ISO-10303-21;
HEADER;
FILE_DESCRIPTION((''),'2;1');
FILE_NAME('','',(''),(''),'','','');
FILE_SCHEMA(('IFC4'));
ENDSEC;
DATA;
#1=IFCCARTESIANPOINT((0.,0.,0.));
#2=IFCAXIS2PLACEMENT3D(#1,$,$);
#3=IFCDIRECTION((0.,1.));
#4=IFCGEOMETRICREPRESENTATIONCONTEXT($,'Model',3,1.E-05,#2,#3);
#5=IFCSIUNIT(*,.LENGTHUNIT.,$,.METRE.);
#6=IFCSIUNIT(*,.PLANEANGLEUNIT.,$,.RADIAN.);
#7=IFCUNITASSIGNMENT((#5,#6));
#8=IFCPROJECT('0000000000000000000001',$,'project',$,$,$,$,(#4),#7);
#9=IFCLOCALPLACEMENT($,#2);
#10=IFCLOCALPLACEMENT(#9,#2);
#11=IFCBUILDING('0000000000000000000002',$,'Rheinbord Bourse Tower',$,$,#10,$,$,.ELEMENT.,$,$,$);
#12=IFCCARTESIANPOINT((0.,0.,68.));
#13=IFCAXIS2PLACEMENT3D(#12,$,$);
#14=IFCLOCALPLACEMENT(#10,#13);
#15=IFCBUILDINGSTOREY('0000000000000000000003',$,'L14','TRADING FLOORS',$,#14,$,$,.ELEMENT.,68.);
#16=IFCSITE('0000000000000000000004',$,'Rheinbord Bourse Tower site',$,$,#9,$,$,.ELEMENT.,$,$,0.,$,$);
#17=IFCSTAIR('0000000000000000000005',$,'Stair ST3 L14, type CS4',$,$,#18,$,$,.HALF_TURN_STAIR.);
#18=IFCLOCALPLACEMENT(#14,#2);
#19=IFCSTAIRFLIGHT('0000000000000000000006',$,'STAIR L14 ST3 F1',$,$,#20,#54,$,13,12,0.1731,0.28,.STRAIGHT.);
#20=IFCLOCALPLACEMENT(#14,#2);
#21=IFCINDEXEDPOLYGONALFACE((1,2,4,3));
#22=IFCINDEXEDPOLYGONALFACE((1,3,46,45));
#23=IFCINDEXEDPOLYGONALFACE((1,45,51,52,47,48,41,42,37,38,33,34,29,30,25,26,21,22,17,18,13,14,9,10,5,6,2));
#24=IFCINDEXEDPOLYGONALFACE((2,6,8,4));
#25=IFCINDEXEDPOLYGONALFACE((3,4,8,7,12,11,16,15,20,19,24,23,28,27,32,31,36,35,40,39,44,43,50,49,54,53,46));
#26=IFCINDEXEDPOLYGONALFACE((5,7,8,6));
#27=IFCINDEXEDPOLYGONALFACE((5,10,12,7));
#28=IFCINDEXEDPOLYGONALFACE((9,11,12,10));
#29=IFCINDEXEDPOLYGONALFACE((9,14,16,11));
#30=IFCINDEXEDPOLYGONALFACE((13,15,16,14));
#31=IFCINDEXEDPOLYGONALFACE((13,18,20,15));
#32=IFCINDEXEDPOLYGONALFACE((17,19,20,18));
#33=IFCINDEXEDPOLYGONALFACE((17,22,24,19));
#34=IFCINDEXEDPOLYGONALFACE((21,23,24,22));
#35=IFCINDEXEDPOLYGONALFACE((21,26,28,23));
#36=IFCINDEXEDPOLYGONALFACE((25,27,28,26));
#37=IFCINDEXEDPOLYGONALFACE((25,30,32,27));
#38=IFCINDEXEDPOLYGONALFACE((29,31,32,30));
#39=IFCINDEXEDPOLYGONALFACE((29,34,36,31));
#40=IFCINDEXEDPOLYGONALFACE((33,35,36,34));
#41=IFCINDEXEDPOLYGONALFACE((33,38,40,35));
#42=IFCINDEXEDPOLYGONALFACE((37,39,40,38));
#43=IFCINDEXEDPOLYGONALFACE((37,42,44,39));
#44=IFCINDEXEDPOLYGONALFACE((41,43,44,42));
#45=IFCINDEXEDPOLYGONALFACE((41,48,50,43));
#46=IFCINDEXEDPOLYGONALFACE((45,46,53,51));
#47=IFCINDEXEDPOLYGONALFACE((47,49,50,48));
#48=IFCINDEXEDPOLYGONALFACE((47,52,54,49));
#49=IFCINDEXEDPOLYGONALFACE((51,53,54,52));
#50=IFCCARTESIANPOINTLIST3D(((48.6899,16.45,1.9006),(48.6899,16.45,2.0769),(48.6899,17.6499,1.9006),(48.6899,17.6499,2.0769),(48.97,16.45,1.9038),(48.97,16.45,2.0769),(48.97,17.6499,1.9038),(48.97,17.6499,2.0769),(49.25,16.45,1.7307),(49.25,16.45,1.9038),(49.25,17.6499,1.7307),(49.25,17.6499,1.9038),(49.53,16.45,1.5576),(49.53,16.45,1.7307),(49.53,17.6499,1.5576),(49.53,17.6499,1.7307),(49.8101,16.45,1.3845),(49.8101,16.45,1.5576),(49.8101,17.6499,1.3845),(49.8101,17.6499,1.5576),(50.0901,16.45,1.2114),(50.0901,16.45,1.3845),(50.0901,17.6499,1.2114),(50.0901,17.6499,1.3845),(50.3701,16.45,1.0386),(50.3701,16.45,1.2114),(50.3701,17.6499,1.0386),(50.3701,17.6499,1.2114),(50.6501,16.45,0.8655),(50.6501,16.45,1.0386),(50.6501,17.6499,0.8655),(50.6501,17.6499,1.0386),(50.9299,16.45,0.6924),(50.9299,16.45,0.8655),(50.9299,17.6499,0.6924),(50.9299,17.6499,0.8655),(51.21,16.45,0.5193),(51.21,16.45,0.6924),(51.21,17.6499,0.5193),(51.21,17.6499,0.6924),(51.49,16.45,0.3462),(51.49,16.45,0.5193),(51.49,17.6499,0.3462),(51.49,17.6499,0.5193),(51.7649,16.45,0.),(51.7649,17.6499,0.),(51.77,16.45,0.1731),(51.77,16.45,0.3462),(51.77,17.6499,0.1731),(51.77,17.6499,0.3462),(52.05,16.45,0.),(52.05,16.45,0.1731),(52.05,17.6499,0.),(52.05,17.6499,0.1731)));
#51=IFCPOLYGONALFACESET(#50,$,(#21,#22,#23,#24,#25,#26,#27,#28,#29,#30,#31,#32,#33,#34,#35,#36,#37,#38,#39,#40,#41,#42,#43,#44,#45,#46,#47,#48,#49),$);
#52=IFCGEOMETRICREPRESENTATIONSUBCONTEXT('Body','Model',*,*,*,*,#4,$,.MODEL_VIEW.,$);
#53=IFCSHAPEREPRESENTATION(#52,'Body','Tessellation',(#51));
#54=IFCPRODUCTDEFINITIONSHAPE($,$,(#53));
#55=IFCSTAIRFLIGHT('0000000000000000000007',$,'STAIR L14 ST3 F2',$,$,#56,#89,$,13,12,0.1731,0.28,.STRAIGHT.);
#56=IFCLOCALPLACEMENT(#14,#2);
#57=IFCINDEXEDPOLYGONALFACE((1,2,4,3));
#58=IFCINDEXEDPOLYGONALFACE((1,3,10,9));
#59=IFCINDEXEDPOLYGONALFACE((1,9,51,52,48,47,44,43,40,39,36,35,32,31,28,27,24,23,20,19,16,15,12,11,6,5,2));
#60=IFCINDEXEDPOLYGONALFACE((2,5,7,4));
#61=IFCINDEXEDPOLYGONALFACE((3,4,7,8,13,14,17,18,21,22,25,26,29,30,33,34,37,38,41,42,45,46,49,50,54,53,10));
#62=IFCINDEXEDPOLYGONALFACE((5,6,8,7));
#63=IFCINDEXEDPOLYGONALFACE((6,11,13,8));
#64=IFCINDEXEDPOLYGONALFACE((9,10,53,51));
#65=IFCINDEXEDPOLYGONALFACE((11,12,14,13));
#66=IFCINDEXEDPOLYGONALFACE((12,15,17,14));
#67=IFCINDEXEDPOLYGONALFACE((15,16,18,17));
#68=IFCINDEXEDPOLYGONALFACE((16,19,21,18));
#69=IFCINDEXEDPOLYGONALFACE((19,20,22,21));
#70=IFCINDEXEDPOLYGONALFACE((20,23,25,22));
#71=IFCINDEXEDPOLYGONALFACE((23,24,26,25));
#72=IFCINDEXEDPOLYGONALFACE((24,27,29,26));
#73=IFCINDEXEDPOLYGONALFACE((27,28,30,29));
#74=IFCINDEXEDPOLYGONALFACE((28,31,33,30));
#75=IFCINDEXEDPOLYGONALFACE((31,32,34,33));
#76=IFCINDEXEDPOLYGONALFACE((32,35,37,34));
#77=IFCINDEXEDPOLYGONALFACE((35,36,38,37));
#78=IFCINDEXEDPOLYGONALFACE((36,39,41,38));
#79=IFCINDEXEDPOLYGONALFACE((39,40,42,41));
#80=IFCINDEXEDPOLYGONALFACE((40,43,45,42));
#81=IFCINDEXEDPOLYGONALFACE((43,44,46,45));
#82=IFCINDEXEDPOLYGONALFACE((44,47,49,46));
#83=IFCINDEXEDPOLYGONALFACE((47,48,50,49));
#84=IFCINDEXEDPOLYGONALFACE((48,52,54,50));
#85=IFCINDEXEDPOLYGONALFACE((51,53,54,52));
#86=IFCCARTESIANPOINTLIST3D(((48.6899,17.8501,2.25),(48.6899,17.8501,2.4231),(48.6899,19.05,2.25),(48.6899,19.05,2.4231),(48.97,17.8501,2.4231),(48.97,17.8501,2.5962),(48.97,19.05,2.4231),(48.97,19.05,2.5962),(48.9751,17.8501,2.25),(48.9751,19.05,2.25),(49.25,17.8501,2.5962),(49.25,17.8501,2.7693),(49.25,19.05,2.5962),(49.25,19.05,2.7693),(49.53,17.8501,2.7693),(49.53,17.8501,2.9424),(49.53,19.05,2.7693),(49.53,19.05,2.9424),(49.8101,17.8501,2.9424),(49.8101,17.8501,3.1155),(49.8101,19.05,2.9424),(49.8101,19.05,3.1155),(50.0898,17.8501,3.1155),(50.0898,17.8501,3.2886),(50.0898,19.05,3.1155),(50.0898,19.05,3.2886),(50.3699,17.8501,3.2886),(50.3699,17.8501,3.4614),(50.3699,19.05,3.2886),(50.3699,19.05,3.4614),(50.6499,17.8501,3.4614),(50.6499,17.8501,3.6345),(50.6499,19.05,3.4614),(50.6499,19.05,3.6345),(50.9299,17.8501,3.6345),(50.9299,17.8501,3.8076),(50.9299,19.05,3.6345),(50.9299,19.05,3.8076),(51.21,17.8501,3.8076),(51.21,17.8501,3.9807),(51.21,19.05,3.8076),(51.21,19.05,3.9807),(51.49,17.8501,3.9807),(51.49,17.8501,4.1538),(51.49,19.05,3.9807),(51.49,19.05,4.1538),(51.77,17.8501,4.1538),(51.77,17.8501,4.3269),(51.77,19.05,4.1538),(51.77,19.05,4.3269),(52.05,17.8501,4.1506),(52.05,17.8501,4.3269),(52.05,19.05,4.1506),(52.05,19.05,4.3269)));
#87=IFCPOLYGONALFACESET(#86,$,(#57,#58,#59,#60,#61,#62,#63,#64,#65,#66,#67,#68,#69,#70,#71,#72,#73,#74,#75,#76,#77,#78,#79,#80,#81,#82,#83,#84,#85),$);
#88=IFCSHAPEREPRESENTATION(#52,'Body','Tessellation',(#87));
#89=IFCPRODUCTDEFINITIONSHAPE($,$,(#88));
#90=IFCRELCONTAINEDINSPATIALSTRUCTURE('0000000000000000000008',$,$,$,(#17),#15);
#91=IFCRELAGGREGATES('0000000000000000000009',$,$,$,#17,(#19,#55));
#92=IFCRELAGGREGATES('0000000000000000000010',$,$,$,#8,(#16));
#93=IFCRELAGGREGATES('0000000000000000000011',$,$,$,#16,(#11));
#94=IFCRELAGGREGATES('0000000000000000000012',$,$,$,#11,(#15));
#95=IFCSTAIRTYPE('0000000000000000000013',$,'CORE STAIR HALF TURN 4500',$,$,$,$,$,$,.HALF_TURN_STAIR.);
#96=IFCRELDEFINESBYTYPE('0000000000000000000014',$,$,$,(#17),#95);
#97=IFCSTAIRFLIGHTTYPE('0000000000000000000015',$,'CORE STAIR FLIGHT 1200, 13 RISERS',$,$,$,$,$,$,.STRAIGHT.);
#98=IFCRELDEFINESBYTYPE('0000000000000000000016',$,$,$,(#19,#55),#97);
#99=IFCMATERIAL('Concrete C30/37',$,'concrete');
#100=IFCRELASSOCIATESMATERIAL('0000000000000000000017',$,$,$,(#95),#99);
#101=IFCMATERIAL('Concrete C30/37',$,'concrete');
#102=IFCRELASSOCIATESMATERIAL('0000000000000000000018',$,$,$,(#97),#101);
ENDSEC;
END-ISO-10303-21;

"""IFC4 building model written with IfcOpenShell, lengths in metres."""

from ifc_helpers import new_model, si_unit, direction, frame, origin, place, context, subcontext, project, spatial, polyline, outline, extrude, material, type_object, element, aggregate, save


model = new_model("IFC4")

# Units and contexts
model_context = context("Model", 3, precision=1e-05, world=origin(), true_north=direction((0.0, 1.0)))
body_context = subcontext(model_context, "Body", "Model", "MODEL_VIEW")
ifc_project = project(units=[si_unit("LENGTHUNIT", "METRE"), si_unit("PLANEANGLEUNIT", "RADIAN")], contexts=[model_context])

# Site, building, storey
site_placement = place(None, origin())
site = spatial("IfcSite", under=ifc_project, at=site_placement, Name="Rheinbord Bourse Tower site", CompositionType="ELEMENT", RefElevation=0.0)
building_placement = place(site_placement, origin())
building = spatial("IfcBuilding", under=site, at=building_placement, Name="Rheinbord Bourse Tower", CompositionType="ELEMENT")
storey_placement = place(building_placement, frame((0.0, 0.0, 68.0)))
storey = spatial("IfcBuildingStorey", under=building, at=storey_placement, Name="L14", Description="TRADING FLOORS", CompositionType="ELEMENT", Elevation=68.0)

# Stair, stair flights
ifc_material_1 = material(Name="Concrete C30/37", Category="concrete")
stair_type = type_object("IfcStairType", Name="CORE STAIR HALF TURN 4500", PredefinedType="HALF_TURN_STAIR", material=ifc_material_1)
stair_placement = place(storey_placement, origin())
stair = element("IfcStair", 1, at=stair_placement, inside=storey, type_object=stair_type, Name="Stair ST3 L14, type CS4", PredefinedType="HALF_TURN_STAIR")
ifc_material_2 = material(Name="Concrete C30/37", Category="concrete")
stair_flight_type = type_object("IfcStairFlightType", Name="CORE STAIR FLIGHT 1200, 13 RISERS", PredefinedType="STRAIGHT", material=ifc_material_2)
stair_flight_1_placement = place(storey_placement, frame((52.05, 17.05, 0.0), z_axis=(0.0, 0.0, 1.0), x_axis=(-1.0, 0.0, 0.0)))
stair_flight_1 = element("IfcStairFlight", 2, at=stair_flight_1_placement, type_object=stair_flight_type, Name="STAIR L14 ST3 F1", NumberOfRisers=13, NumberOfTreads=12, PredefinedType="STRAIGHT", RiserHeight=0.1731, TreadLength=0.28, context=body_context, shape_type="SweptSolid", body=[
    extrude(outline(polyline([(0.0, 0.0), (0.0, 0.1731), (0.28, 0.1731), (0.28, 0.3462), (0.5601, 0.3462), (0.5601, 0.5193), (0.8401, 0.5193), (0.8401, 0.6924), (1.1201, 0.6924), (1.1201, 0.8655), (1.3999, 0.8655), (1.3999, 1.0386), (1.6799, 1.0386), (1.6799, 1.2114), (1.96, 1.2114), (1.96, 1.3845), (2.24, 1.3845), (2.24, 1.5576), (2.52, 1.5576), (2.52, 1.7307), (2.8, 1.7307), (2.8, 1.9038), (3.0801, 1.9038), (3.0801, 2.0769), (3.3601, 2.0769), (3.3601, 2.25), (3.3601, 1.9006), (0.2852, 0.0), (0.0, 0.0)])), frame((0.0, 0.6001, 0.0), z_axis=(0.0, -1.0, 0.0), x_axis=(1.0, 0.0, 0.0)), (0.0, 0.0, 1.0), 1.2),
])
stair_flight_2_placement = place(storey_placement, frame((48.6899, 18.45, 2.25), z_axis=(0.0, 0.0, 1.0), x_axis=(1.0, 0.0, 0.0)))
stair_flight_2 = element("IfcStairFlight", 3, at=stair_flight_2_placement, type_object=stair_flight_type, Name="STAIR L14 ST3 F2", NumberOfRisers=13, NumberOfTreads=12, PredefinedType="STRAIGHT", RiserHeight=0.1731, TreadLength=0.28, context=body_context, shape_type="SweptSolid", body=[
    extrude(outline(polyline([(0.0, 0.0), (0.0, 0.1731), (0.28, 0.1731), (0.28, 0.3462), (0.5601, 0.3462), (0.5601, 0.5193), (0.8401, 0.5193), (0.8401, 0.6924), (1.1201, 0.6924), (1.1201, 0.8655), (1.3999, 0.8655), (1.3999, 1.0386), (1.6799, 1.0386), (1.6799, 1.2114), (1.96, 1.2114), (1.96, 1.3845), (2.24, 1.3845), (2.24, 1.5576), (2.52, 1.5576), (2.52, 1.7307), (2.8, 1.7307), (2.8, 1.9038), (3.0801, 1.9038), (3.0801, 2.0769), (3.3601, 2.0769), (3.3601, 2.25), (3.3601, 1.9006), (0.2852, 0.0), (0.0, 0.0)])), frame((0.0, 0.6001, 0.0), z_axis=(0.0, -1.0, 0.0), x_axis=(1.0, 0.0, 0.0)), (0.0, 0.0, 1.0), 1.2),
])
aggregate(stair, [stair_flight_1, stair_flight_2])

save(model, "model.ifc")
